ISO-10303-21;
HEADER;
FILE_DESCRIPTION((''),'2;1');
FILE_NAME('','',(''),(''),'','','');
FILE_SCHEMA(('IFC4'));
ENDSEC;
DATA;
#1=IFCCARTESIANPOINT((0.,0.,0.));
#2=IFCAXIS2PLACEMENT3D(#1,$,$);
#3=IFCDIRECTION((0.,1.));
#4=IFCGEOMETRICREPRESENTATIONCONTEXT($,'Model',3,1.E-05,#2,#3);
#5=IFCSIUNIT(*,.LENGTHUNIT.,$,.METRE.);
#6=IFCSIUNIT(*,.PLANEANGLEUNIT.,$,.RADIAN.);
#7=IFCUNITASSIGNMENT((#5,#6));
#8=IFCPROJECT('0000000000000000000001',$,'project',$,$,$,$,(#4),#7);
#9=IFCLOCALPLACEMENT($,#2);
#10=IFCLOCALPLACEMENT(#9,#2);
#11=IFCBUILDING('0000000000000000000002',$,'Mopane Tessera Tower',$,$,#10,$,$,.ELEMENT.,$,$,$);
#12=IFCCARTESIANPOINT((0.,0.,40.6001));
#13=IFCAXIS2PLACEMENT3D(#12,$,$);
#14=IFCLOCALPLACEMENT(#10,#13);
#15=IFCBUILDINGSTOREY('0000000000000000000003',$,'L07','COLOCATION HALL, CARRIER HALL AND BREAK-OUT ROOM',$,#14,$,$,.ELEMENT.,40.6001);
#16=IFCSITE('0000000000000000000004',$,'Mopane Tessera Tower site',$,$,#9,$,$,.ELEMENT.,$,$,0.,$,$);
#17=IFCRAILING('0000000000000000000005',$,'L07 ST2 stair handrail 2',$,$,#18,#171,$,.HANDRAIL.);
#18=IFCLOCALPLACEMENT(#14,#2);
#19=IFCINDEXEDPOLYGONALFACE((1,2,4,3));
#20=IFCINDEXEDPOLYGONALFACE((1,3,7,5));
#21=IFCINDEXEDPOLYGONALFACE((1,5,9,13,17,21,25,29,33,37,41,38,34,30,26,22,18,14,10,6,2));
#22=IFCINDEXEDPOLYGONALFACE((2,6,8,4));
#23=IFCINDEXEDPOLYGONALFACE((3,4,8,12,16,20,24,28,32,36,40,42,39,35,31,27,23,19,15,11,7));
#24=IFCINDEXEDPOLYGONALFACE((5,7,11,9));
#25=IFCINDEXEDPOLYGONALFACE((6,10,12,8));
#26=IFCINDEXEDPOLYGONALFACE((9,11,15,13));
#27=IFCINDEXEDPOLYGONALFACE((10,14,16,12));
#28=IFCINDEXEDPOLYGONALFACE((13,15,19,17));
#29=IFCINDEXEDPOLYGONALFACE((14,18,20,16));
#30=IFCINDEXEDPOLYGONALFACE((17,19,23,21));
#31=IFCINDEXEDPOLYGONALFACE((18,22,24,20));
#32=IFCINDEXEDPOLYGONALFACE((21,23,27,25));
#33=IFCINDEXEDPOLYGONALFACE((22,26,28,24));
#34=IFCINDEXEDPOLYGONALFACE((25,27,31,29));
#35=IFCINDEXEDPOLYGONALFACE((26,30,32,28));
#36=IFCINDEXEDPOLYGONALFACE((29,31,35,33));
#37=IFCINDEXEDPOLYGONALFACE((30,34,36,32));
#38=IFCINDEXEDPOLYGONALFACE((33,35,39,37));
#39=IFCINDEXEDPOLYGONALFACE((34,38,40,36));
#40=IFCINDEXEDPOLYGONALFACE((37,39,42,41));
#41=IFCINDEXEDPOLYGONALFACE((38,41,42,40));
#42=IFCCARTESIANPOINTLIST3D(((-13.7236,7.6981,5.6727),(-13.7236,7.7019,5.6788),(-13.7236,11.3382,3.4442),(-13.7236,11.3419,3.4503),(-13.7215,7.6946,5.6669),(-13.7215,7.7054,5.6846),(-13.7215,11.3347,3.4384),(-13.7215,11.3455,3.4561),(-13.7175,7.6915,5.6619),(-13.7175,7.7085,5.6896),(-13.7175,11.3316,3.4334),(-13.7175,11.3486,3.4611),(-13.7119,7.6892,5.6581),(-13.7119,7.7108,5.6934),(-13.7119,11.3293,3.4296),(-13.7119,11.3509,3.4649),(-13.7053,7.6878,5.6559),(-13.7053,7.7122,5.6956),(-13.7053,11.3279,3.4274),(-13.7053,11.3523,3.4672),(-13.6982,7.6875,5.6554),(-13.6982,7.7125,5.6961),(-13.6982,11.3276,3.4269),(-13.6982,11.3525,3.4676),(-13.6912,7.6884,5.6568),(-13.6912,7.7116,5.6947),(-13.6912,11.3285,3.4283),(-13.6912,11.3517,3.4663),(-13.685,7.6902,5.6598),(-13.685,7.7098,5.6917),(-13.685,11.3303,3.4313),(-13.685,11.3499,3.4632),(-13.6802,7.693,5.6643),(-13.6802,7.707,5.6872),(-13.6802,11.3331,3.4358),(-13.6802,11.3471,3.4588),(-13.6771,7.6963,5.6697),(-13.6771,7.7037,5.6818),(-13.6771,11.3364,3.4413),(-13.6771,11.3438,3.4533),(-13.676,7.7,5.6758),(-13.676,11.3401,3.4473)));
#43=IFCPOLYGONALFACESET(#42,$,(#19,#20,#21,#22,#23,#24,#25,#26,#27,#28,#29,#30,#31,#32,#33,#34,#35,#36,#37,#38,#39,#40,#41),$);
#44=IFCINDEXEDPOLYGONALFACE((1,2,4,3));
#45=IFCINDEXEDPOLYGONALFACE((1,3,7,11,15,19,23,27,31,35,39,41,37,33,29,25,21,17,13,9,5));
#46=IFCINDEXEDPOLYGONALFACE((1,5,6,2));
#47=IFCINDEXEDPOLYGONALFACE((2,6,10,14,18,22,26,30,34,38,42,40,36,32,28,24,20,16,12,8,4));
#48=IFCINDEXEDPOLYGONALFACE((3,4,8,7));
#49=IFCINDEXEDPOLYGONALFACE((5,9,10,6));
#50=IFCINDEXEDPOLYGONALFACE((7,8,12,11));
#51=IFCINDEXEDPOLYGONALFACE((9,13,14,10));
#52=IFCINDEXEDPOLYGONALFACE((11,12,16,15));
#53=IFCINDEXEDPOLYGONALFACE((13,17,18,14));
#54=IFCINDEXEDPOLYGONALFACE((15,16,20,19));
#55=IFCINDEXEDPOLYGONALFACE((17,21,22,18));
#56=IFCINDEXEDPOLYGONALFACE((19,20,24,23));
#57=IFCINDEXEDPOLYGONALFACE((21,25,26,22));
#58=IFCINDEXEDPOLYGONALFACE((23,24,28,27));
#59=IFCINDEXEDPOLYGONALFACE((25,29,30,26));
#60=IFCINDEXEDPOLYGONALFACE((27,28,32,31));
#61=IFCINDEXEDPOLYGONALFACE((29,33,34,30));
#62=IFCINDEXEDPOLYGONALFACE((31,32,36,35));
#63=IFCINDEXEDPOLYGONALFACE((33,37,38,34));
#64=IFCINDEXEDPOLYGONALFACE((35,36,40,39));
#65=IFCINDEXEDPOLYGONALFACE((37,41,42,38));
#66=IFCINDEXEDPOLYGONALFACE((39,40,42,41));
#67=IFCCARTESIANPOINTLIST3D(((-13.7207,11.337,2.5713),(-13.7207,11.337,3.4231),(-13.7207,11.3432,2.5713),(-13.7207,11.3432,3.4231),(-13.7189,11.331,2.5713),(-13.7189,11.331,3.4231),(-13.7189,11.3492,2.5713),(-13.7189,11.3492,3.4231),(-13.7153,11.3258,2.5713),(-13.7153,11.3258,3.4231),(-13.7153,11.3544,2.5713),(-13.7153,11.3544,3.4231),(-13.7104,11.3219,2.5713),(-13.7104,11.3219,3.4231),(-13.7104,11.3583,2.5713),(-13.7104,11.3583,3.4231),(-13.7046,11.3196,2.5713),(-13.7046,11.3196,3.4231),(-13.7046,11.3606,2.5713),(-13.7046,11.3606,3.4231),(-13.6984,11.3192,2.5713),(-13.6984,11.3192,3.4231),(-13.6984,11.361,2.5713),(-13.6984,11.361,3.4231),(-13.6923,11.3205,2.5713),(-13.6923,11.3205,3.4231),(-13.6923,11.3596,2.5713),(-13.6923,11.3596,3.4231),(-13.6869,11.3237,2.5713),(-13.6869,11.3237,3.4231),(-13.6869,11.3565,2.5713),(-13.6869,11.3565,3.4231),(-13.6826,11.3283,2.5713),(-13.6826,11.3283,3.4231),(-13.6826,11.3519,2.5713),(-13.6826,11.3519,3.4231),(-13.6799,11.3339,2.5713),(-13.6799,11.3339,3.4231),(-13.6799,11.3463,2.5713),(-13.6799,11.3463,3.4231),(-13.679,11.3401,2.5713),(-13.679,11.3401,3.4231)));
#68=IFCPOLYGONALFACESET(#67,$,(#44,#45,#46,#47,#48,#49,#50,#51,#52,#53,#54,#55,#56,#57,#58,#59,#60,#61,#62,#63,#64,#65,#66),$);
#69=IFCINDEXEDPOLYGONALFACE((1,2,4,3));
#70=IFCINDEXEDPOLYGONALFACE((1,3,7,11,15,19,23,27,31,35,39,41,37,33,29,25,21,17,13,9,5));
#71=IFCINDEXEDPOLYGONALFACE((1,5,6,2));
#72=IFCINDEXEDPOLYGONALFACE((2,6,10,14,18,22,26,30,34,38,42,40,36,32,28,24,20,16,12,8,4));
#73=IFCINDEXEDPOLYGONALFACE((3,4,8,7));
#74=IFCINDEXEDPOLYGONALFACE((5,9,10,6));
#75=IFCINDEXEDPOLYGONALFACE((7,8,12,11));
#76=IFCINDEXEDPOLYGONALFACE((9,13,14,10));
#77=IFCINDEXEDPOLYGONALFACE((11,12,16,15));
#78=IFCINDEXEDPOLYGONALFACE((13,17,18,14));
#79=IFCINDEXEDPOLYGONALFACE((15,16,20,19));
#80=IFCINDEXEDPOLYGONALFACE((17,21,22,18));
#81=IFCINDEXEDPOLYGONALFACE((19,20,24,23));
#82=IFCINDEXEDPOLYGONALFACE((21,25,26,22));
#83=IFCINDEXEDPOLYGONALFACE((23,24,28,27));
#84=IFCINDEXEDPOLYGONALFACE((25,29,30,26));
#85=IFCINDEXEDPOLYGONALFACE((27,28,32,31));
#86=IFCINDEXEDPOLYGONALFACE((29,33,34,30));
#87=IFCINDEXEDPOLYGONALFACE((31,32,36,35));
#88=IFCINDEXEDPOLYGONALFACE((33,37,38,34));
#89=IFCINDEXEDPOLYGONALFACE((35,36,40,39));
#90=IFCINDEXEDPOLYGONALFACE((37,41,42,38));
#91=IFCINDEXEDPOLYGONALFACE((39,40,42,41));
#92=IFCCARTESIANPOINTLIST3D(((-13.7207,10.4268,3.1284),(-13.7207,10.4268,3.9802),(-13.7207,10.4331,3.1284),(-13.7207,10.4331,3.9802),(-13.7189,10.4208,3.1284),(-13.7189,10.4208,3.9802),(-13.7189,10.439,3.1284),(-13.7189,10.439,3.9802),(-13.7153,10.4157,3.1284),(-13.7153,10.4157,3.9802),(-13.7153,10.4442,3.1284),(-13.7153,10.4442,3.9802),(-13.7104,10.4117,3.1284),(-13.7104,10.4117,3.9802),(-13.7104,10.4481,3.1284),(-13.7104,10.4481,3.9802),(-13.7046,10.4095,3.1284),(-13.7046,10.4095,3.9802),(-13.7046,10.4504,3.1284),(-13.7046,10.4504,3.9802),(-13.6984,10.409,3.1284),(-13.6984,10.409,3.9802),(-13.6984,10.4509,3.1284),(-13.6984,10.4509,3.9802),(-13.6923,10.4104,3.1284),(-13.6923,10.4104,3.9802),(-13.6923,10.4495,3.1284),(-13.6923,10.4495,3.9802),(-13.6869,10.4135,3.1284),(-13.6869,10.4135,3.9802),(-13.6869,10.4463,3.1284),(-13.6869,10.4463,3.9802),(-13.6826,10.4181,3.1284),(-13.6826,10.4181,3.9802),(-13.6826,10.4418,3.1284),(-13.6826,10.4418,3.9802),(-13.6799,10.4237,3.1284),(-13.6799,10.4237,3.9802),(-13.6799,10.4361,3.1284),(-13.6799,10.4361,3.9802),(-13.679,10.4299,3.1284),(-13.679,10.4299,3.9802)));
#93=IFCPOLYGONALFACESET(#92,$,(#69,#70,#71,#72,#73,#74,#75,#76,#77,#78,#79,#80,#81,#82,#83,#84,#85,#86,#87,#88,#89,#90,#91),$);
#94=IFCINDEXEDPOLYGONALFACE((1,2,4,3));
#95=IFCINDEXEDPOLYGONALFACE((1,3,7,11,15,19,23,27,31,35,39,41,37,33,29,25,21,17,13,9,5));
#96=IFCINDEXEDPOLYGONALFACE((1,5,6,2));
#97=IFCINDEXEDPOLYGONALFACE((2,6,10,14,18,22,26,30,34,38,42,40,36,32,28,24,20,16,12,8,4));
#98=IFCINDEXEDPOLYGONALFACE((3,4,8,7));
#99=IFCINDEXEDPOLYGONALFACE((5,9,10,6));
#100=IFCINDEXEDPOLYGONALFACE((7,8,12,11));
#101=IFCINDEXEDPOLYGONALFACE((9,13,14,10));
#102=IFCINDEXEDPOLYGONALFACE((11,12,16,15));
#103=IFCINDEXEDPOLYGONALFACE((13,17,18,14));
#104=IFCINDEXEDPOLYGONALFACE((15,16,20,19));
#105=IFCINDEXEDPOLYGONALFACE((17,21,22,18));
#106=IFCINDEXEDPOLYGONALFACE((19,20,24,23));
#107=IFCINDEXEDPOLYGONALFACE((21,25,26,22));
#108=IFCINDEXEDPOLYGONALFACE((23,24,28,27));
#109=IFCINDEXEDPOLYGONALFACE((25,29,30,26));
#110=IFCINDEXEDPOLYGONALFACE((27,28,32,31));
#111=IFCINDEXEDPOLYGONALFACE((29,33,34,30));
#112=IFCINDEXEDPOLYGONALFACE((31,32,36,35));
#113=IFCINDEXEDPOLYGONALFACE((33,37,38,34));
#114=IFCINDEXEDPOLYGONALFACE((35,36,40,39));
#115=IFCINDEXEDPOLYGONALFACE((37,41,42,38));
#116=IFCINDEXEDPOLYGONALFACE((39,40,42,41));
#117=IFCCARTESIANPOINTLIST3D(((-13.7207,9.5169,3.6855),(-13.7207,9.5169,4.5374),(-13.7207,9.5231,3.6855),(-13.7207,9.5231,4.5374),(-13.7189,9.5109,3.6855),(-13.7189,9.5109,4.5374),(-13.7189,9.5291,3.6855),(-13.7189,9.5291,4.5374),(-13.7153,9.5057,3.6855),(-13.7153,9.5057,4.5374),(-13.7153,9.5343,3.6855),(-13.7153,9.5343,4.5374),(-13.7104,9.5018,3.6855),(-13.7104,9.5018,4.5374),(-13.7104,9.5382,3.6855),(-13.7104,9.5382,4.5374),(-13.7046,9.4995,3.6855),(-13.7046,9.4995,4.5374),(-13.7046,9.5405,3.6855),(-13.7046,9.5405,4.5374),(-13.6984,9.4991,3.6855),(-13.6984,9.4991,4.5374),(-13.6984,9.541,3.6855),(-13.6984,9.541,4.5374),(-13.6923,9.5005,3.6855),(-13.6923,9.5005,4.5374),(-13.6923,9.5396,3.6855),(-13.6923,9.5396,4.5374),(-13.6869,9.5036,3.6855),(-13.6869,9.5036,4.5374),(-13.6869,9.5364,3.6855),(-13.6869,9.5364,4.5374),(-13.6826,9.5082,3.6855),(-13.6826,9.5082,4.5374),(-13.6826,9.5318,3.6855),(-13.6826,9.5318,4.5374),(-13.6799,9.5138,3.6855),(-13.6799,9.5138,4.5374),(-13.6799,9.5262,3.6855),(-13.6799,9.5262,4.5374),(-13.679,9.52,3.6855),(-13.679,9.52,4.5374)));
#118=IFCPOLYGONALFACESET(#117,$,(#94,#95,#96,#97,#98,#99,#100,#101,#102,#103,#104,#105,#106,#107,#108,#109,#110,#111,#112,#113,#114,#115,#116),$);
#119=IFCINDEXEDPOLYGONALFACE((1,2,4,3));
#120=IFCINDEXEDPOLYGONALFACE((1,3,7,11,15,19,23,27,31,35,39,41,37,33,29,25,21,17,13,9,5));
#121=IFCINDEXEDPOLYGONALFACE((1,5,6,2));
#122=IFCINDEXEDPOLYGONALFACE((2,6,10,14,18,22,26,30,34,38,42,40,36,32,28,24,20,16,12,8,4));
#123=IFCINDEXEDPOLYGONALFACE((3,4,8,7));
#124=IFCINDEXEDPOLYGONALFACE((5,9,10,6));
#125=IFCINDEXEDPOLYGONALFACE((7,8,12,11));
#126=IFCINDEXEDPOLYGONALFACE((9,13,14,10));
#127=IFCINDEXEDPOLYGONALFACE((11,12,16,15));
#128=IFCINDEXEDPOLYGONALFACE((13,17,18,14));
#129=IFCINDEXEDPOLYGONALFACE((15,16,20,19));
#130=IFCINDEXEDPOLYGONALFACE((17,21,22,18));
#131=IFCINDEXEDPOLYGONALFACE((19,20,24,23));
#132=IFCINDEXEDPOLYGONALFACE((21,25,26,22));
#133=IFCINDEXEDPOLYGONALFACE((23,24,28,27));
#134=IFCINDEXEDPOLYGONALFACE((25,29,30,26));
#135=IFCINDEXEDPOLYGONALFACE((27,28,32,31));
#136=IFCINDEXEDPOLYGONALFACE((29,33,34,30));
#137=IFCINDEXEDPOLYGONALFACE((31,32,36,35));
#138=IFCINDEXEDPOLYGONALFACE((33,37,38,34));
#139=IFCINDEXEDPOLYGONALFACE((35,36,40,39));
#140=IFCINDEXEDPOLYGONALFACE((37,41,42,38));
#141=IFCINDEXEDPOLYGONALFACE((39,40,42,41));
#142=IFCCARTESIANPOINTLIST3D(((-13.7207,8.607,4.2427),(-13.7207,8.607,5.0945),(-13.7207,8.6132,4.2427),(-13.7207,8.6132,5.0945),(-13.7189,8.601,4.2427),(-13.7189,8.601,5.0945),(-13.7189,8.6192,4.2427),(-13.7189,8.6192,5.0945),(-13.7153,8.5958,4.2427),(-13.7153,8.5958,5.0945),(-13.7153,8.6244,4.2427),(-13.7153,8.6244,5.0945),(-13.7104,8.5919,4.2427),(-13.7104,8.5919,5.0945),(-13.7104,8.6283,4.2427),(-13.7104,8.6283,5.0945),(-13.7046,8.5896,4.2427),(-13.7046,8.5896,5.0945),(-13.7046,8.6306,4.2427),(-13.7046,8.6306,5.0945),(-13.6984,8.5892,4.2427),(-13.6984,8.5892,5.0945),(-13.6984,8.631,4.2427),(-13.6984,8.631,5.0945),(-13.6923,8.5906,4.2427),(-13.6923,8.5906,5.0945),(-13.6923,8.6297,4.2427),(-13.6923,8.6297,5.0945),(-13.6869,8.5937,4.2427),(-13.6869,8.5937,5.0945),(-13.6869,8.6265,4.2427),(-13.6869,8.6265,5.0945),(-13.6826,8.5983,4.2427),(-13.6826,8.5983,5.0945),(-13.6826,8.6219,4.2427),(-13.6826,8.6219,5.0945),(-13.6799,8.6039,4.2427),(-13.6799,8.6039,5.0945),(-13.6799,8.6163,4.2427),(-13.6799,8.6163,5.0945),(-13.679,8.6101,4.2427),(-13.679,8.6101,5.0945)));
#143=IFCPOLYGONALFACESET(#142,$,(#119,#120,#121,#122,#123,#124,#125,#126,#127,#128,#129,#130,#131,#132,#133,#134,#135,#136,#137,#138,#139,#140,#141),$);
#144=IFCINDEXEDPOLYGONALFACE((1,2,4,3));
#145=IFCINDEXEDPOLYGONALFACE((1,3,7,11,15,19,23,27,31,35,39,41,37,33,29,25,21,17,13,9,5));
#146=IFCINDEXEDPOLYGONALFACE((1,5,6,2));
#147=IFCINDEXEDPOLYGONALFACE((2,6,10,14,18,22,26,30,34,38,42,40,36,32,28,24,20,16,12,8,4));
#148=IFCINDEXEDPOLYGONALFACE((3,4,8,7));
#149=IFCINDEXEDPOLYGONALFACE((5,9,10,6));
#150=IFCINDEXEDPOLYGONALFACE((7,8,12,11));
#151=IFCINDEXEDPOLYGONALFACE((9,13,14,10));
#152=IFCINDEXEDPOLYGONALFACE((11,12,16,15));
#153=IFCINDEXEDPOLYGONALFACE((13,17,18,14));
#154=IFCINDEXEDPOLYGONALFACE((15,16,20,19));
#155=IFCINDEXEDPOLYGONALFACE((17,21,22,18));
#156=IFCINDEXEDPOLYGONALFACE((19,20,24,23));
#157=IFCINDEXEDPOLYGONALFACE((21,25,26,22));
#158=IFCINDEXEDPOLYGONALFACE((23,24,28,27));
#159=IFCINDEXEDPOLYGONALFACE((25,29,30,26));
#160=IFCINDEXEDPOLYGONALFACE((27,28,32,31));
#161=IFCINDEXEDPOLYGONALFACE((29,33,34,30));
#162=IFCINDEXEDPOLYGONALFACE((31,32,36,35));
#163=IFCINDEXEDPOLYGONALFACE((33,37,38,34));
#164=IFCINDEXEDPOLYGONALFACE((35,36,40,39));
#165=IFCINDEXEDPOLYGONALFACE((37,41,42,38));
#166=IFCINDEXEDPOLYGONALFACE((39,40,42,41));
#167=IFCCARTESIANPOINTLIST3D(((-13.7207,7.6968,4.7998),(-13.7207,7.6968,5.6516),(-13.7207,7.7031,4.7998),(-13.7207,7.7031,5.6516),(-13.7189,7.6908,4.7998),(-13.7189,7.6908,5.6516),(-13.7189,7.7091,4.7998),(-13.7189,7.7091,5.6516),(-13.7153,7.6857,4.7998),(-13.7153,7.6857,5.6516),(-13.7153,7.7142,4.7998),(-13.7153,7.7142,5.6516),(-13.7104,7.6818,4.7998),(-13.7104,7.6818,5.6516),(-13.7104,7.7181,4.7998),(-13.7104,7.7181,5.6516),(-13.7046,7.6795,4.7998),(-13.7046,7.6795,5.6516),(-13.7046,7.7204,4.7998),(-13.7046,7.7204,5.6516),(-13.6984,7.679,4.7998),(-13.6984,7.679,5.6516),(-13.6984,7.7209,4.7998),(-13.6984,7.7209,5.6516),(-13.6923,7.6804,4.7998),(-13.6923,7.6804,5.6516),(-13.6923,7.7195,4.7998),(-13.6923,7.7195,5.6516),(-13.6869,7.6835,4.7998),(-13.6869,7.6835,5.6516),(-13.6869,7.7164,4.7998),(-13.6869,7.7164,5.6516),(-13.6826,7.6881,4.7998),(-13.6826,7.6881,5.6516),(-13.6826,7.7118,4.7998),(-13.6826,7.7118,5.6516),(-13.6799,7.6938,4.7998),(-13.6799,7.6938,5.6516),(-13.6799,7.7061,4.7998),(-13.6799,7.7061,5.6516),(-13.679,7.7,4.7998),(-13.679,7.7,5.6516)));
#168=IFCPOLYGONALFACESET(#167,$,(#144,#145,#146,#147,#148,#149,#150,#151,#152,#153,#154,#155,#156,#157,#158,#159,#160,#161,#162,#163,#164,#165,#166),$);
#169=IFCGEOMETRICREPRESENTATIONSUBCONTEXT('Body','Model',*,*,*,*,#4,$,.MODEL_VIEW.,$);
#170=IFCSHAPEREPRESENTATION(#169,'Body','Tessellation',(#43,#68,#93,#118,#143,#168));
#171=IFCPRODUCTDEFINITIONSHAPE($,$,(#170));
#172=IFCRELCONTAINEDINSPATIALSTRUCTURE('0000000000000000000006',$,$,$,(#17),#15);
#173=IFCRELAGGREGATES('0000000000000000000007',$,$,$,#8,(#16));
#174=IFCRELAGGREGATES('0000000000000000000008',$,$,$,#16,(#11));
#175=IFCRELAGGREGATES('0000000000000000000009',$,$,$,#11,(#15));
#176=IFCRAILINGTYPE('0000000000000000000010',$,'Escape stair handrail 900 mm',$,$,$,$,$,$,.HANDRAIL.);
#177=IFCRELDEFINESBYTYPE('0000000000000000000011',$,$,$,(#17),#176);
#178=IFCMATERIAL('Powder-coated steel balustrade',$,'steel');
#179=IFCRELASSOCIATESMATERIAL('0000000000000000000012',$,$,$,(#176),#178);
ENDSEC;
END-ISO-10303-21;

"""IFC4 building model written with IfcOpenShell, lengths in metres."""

from ifc_helpers import new_model, si_unit, direction, frame, origin, origin_2d, place, context, subcontext, project, spatial, circle, extrude, material, type_object, element, save


model = new_model("IFC4")

# Units and contexts
model_context = context("Model", 3, precision=1e-05, world=origin(), true_north=direction((0.0, 1.0)))
body_context = subcontext(model_context, "Body", "Model", "MODEL_VIEW")
ifc_project = project(units=[si_unit("LENGTHUNIT", "METRE"), si_unit("PLANEANGLEUNIT", "RADIAN")], contexts=[model_context])

# Site, building, storey
site_placement = place(None, origin())
site = spatial("IfcSite", under=ifc_project, at=site_placement, Name="Mopane Tessera Tower site", CompositionType="ELEMENT", RefElevation=0.0)
building_placement = place(site_placement, origin())
building = spatial("IfcBuilding", under=site, at=building_placement, Name="Mopane Tessera Tower", CompositionType="ELEMENT")
storey_placement = place(building_placement, frame((0.0, 0.0, 40.6001)))
storey = spatial("IfcBuildingStorey", under=building, at=storey_placement, Name="L07", Description="COLOCATION HALL, CARRIER HALL AND BREAK-OUT ROOM", CompositionType="ELEMENT", Elevation=40.6001)

# Railing
ifc_material_1 = material(Name="Powder-coated steel balustrade", Category="steel")
railing_type_1 = type_object("IfcRailingType", Name="Escape stair handrail 900 mm", PredefinedType="HANDRAIL", material=ifc_material_1)
railing_1_placement = place(storey_placement, frame((-13.7, 11.3401, 2.5713)))
element("IfcRailing", 1, at=railing_1_placement, inside=storey, type_object=railing_type_1, Name="L07 ST2 stair handrail 2", PredefinedType="HANDRAIL", context=body_context, shape_type="SweptSolid", body=[
    extrude(circle(Radius=0.0239, at=origin_2d()), frame((0.0, 0.0, 0.876), z_axis=(0.0, -0.852866, 0.52213), x_axis=(1.0, 0.0, 0.0)), (0.0, 0.0, 1.0), 4.2681),
    extrude(circle(Radius=0.021, at=origin_2d()), origin(), (0.0, 0.0, 1.0), 0.8518),
    extrude(circle(Radius=0.021, at=origin_2d()), frame((0.0, -0.9102, 0.5571)), (0.0, 0.0, 1.0), 0.8518),
    extrude(circle(Radius=0.021, at=origin_2d()), frame((0.0, -1.8201, 1.1143)), (0.0, 0.0, 1.0), 0.8518),
    extrude(circle(Radius=0.021, at=origin_2d()), frame((0.0, -2.73, 1.6714)), (0.0, 0.0, 1.0), 0.8518),
    extrude(circle(Radius=0.021, at=origin_2d()), frame((0.0, -3.6401, 2.2285)), (0.0, 0.0, 1.0), 0.8518),
])

save(model, "model.ifc")
